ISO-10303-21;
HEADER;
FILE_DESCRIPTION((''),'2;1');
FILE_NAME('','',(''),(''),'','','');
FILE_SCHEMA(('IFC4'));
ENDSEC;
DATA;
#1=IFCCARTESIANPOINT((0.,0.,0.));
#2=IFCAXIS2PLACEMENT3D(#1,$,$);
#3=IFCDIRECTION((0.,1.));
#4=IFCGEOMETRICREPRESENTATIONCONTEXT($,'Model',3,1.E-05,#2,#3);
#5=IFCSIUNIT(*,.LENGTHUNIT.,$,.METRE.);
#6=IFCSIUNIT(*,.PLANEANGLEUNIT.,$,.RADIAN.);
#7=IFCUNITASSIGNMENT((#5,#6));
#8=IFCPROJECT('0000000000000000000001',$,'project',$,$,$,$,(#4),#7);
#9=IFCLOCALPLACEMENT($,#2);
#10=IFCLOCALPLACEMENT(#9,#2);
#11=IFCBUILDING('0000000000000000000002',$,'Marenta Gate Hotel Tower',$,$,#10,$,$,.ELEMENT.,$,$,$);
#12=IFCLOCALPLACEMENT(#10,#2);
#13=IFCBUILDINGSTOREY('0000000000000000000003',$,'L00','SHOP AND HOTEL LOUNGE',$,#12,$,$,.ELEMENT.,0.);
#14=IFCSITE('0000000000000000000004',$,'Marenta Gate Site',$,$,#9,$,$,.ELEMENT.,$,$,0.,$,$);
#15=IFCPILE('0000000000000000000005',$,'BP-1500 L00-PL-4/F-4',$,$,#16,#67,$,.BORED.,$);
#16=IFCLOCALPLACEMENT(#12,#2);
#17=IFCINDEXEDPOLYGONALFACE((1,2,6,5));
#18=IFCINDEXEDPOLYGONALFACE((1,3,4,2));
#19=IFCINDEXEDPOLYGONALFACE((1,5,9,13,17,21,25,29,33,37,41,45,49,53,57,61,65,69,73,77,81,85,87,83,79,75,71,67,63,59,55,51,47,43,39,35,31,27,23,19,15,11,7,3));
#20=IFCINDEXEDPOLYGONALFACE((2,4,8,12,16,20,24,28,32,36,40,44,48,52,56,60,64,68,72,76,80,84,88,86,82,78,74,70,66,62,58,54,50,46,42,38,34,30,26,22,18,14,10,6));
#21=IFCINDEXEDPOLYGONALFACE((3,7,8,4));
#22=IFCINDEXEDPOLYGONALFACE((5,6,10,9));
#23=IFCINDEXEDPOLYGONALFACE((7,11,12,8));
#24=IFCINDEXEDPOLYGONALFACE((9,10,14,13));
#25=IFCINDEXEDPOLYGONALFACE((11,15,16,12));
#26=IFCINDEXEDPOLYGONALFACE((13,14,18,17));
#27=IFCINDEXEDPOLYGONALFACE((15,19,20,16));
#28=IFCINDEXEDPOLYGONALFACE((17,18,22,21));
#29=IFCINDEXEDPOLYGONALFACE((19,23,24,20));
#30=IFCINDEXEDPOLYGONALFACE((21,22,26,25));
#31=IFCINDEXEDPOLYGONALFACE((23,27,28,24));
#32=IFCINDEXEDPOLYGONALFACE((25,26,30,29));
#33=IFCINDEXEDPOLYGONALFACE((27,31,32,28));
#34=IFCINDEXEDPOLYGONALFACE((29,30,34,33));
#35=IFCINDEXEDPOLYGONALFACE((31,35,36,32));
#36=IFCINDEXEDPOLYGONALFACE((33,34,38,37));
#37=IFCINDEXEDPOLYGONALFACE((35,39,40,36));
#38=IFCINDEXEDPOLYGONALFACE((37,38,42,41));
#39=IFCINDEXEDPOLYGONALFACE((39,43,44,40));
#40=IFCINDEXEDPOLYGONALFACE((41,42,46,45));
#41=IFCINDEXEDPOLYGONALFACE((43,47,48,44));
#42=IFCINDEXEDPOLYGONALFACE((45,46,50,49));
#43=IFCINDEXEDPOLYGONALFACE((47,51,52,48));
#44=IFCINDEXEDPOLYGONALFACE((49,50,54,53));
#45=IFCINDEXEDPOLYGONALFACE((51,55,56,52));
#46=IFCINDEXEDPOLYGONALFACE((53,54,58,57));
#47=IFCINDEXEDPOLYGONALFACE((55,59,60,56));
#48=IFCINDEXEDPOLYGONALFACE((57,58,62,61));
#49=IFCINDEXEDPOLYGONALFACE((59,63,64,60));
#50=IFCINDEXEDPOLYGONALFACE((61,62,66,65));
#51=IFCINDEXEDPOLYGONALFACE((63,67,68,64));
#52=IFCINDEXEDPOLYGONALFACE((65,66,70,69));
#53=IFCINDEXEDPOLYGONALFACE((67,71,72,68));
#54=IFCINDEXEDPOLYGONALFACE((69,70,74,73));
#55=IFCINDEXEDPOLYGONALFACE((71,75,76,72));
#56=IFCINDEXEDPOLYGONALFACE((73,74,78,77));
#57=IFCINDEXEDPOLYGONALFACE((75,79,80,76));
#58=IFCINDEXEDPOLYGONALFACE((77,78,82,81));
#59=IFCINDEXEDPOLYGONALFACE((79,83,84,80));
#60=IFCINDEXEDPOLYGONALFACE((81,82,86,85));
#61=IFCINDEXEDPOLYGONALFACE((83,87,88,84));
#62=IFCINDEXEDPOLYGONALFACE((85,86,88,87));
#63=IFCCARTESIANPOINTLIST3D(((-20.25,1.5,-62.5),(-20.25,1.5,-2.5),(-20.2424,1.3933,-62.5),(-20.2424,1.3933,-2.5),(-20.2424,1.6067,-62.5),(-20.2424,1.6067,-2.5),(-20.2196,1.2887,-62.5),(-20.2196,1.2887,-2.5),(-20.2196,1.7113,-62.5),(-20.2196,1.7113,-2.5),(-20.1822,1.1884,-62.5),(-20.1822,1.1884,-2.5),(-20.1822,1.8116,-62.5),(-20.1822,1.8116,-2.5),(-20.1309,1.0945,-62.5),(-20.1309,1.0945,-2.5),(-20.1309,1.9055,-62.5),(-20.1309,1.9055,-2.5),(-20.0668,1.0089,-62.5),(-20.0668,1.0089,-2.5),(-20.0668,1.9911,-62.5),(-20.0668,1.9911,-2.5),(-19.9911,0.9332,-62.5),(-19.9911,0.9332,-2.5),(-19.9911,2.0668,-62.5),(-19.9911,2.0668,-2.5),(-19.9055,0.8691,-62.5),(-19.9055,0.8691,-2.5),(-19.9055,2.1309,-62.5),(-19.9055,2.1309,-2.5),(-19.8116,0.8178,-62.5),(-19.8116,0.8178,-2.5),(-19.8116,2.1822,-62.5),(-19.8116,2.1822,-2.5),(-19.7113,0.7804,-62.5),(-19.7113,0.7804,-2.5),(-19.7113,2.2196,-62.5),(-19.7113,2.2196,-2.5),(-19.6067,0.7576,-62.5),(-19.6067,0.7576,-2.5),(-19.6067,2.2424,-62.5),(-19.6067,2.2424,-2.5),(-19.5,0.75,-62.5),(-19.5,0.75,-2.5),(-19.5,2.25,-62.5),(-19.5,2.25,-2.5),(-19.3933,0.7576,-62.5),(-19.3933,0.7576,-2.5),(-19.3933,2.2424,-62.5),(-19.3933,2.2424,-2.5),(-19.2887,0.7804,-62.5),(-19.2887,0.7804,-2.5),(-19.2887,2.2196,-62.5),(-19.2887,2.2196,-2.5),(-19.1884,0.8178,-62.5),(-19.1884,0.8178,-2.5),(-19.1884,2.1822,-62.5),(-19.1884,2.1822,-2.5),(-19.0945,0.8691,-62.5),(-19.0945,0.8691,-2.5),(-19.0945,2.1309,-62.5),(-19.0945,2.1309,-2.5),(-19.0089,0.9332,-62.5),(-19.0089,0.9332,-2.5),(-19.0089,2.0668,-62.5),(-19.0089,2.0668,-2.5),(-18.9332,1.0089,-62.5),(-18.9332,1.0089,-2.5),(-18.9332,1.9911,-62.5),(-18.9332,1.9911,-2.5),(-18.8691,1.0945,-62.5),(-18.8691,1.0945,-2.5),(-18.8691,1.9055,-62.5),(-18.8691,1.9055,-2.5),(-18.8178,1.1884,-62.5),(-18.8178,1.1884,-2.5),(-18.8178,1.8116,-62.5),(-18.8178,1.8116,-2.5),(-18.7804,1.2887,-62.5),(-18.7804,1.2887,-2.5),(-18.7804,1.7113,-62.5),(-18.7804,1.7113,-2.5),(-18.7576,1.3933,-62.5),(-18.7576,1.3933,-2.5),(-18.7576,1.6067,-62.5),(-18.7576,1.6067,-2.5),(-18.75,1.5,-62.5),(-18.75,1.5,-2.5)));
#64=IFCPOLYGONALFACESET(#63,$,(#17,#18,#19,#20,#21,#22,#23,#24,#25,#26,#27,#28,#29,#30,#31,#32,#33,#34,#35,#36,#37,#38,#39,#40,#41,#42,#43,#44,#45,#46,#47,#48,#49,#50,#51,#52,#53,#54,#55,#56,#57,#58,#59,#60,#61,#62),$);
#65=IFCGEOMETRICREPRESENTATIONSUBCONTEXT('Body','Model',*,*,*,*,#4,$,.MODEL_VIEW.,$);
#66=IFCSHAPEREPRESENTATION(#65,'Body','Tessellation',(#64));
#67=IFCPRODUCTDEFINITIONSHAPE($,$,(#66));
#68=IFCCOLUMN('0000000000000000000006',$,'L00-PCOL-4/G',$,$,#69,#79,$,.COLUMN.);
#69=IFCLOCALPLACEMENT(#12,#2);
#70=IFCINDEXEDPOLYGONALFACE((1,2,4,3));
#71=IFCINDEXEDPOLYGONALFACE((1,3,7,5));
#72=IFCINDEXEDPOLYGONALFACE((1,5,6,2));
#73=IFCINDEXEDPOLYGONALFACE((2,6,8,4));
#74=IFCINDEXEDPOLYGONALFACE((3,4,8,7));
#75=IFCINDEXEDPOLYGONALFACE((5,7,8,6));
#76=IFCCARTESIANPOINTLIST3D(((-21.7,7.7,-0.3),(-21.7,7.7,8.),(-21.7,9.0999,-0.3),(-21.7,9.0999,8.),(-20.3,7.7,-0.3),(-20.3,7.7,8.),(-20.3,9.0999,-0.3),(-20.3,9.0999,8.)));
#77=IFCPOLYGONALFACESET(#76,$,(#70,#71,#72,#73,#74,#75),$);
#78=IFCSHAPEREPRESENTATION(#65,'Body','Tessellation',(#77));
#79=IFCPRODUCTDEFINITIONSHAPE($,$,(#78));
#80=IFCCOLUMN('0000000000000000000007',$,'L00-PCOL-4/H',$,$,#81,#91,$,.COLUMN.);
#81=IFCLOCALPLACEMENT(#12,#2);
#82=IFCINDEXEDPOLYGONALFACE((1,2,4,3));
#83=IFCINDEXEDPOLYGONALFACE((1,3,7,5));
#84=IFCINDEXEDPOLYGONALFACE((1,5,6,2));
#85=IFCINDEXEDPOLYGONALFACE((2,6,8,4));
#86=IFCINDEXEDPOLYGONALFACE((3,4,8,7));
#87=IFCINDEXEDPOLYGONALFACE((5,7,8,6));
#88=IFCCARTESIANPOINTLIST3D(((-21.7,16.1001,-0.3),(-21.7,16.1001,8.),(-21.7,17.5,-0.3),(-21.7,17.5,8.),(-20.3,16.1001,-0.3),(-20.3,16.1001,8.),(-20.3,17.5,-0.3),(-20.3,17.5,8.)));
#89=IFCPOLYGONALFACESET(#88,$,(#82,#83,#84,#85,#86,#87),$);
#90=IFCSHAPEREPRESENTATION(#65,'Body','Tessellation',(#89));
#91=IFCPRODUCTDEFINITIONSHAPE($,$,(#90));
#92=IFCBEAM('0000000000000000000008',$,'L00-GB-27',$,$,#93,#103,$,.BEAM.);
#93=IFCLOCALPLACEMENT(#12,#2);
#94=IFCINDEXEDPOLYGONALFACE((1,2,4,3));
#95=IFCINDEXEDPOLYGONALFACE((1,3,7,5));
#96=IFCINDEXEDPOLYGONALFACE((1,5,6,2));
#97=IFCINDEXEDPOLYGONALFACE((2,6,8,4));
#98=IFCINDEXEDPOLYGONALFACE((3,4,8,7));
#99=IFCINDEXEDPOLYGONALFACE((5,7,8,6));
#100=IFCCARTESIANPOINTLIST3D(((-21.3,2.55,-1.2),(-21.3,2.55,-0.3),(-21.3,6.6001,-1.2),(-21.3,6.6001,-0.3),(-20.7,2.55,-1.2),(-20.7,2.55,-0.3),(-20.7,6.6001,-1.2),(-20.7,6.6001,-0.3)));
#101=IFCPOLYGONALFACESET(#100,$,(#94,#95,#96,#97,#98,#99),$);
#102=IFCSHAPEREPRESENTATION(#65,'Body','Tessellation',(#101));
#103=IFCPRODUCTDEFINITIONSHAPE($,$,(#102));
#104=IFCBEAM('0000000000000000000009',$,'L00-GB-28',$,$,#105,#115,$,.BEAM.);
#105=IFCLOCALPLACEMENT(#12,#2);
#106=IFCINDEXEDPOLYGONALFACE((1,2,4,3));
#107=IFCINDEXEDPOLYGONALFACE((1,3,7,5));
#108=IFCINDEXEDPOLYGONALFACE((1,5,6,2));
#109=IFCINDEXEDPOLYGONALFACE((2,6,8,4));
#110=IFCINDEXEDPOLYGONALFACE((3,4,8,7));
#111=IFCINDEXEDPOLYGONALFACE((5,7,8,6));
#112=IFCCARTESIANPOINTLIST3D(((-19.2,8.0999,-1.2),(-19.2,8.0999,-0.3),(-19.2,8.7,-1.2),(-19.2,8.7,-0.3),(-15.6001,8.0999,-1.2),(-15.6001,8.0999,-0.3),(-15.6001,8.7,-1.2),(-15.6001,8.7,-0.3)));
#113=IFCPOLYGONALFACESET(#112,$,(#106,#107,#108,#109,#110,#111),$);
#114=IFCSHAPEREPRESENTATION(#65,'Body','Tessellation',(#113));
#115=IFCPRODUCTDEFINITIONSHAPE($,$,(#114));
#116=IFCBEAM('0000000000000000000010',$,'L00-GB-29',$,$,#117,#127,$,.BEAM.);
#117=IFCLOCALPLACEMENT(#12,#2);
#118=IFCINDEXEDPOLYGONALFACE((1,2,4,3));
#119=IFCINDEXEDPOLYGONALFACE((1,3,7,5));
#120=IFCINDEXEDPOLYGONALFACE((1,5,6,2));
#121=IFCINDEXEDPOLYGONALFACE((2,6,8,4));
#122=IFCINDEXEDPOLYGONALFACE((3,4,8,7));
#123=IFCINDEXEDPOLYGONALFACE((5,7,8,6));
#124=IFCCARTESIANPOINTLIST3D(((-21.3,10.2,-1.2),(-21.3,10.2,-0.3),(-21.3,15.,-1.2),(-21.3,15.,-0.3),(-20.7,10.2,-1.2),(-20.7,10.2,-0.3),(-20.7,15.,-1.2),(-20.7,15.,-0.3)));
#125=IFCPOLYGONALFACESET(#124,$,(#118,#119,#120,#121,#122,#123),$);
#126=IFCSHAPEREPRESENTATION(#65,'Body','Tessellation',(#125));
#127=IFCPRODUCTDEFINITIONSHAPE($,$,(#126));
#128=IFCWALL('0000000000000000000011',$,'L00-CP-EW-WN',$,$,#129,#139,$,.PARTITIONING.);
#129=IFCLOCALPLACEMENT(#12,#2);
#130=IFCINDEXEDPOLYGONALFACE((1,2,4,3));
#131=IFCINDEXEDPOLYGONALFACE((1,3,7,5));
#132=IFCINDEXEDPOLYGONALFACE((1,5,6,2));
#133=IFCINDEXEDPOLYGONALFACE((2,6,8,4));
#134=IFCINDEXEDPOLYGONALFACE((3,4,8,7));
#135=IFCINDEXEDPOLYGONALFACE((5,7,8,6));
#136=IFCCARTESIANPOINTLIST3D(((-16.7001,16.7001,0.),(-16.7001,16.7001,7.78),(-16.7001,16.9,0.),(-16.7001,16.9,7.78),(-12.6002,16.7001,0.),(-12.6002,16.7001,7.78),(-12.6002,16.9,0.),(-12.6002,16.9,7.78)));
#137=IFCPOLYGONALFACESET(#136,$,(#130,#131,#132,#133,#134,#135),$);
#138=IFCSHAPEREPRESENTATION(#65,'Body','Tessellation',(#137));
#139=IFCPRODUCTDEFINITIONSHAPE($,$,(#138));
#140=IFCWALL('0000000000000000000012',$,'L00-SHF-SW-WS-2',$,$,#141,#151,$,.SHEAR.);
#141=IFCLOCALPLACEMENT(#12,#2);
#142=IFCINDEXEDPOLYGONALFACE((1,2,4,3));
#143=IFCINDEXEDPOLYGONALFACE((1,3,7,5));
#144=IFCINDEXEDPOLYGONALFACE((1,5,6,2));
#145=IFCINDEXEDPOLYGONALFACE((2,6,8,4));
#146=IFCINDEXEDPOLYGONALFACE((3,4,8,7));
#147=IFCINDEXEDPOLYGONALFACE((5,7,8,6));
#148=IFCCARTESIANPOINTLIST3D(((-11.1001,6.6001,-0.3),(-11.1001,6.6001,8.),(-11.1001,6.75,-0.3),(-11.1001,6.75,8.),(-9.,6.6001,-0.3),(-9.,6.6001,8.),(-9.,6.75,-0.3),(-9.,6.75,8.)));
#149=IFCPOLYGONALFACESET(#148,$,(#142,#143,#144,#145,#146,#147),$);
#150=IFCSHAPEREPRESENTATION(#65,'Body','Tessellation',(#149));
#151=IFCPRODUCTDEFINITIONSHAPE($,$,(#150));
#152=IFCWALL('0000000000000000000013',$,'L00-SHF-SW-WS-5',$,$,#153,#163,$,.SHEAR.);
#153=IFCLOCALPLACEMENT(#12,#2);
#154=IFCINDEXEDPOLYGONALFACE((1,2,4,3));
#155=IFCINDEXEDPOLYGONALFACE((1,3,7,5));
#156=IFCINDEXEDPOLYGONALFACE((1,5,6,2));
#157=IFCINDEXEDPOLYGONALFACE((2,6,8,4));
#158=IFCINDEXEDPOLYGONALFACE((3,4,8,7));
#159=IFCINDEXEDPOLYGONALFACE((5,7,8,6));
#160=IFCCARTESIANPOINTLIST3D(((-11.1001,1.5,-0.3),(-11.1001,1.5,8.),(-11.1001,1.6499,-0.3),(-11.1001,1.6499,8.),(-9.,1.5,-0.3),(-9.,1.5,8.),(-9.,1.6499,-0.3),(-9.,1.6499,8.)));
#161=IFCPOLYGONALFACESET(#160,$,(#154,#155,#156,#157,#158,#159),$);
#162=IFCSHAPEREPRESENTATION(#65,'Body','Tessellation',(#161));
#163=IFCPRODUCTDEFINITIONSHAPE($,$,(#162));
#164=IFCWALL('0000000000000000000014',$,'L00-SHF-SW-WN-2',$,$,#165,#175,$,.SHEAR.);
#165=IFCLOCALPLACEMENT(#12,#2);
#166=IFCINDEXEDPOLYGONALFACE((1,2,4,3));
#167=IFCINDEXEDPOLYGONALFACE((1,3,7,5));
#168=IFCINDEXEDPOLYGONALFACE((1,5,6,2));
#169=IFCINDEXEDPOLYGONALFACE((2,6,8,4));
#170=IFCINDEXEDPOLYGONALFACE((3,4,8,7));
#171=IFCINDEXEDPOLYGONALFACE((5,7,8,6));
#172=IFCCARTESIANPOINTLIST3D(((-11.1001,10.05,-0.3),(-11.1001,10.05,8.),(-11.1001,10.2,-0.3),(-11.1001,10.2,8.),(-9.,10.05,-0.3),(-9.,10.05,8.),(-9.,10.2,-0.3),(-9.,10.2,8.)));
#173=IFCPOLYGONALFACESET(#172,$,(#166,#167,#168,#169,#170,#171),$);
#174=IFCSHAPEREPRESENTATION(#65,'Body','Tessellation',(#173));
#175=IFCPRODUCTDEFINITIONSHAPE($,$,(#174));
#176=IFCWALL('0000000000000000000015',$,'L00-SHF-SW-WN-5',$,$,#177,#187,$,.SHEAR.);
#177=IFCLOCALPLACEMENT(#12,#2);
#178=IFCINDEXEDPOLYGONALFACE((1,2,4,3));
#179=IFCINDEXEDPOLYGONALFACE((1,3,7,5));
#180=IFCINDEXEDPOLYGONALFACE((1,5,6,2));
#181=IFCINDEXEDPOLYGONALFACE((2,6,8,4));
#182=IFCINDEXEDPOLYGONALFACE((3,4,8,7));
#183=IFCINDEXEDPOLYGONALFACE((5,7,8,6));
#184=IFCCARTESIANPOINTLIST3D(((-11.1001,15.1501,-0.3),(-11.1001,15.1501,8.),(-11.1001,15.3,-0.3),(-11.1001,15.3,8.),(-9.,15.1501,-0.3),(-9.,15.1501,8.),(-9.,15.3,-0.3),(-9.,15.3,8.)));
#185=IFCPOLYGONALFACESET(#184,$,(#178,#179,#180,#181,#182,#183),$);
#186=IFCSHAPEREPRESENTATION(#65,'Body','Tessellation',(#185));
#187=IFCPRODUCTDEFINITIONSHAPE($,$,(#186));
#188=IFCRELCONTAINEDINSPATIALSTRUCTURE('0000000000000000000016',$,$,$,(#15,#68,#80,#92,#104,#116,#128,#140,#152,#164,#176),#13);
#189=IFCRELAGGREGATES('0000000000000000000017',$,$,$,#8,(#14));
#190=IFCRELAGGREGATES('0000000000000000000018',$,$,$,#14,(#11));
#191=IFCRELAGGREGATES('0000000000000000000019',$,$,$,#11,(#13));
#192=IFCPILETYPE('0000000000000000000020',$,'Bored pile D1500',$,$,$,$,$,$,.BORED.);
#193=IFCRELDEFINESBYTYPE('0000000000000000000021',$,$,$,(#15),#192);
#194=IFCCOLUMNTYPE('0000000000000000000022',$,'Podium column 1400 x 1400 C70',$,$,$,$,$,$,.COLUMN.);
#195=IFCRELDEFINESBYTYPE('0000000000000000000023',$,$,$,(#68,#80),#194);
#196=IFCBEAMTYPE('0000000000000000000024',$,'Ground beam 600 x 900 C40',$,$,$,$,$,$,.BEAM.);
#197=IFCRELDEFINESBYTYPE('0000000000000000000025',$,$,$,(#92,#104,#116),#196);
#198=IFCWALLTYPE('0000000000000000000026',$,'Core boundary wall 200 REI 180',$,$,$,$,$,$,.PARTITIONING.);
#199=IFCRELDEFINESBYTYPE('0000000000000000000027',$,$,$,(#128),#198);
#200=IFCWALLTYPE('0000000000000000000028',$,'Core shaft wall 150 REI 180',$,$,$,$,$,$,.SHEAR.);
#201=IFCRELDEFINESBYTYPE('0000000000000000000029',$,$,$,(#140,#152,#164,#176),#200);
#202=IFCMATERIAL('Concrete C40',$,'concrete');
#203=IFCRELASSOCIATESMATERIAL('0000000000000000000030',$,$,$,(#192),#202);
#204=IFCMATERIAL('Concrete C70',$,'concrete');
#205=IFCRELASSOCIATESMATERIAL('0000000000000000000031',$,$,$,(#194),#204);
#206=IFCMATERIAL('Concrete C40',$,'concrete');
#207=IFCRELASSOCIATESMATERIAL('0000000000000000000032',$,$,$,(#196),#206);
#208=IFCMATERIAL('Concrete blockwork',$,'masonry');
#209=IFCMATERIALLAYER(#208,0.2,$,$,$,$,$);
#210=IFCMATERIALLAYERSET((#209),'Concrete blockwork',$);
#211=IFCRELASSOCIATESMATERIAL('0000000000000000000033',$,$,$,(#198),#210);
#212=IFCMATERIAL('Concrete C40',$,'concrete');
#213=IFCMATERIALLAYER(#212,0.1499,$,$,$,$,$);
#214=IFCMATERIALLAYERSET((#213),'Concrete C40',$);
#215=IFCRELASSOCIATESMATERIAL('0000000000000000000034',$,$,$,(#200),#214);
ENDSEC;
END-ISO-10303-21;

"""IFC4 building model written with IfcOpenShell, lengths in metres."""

from ifc_helpers import new_model, si_unit, direction, frame, frame_2d, origin, origin_2d, place, context, subcontext, project, spatial, rectangle, circle, extrude, material, layer, layer_set, material_profile, profile_set, type_object, element, save


model = new_model("IFC4")

# Units and contexts
model_context = context("Model", 3, precision=1e-05, world=origin(), true_north=direction((0.0, 1.0)))
body_context = subcontext(model_context, "Body", "Model", "MODEL_VIEW")
ifc_project = project(units=[si_unit("LENGTHUNIT", "METRE"), si_unit("PLANEANGLEUNIT", "RADIAN")], contexts=[model_context])

# Site, building, storey
site_placement = place(None, origin())
site = spatial("IfcSite", under=ifc_project, at=site_placement, Name="Marenta Gate Site", CompositionType="ELEMENT", RefElevation=0.0)
building_placement = place(site_placement, origin())
building = spatial("IfcBuilding", under=site, at=building_placement, Name="Marenta Gate Hotel Tower", CompositionType="ELEMENT")
storey_placement = place(building_placement, origin())
storey = spatial("IfcBuildingStorey", under=building, at=storey_placement, Name="L00", Description="SHOP AND HOTEL LOUNGE", CompositionType="ELEMENT", Elevation=0.0)

# Pile
ifc_material_1 = material(Name="Concrete C40", Category="concrete")
pile_type = type_object("IfcPileType", Name="Bored pile D1500", PredefinedType="BORED", material=ifc_material_1)
for number, where, z_axis, x_axis, name in (
    (1, (-19.5, 1.5, -2.5), (0.0, 0.0, -1.0), (1.0, 0.0, 0.0), "BP-1500 L00-PL-4/F-4"),
):
    element("IfcPile", number, at=place(storey_placement, frame(where, z_axis=z_axis, x_axis=x_axis)), inside=storey, type_object=pile_type, Name=name, PredefinedType="BORED", context=body_context, shape_type="SweptSolid", body=[
        extrude(circle(Radius=0.75, at=origin_2d()), origin(), (0.0, 0.0, 1.0), 60.0),
    ])

# Columns
ifc_material_2 = material(Name="Concrete C70", Category="concrete")
ifc_material_profile_1 = material_profile(ifc_material_2, rectangle(XDim=1.3999, YDim=1.3999, at=origin_2d()), Name="1400 x 1400")
ifc_profile_set_1 = profile_set([ifc_material_profile_1], Name="Concrete C70")
column_type = type_object("IfcColumnType", Name="Podium column 1400 x 1400 C70", PredefinedType="COLUMN", material=ifc_profile_set_1)
for number, where, z_axis, x_axis, name in (
    (2, (-21.0, 8.3999, -0.3), (0.0, 0.0, 1.0), (1.0, 0.0, 0.0), "L00-PCOL-4/G"),
    (3, (-21.0, 16.8, -0.3), (0.0, 0.0, 1.0), (1.0, 0.0, 0.0), "L00-PCOL-4/H"),
):
    element("IfcColumn", number, at=place(storey_placement, frame(where, z_axis=z_axis, x_axis=x_axis)), inside=storey, type_object=column_type, Name=name, PredefinedType="COLUMN", context=body_context, shape_type="SweptSolid", body=[
        extrude(rectangle(XDim=1.3999, YDim=1.3999, at=origin_2d()), origin(), (0.0, 0.0, 1.0), 8.3),
    ])

# Beams
ifc_material_3 = material(Name="Concrete C40", Category="concrete")
ifc_material_profile_2 = material_profile(ifc_material_3, rectangle(XDim=0.6001, YDim=0.8999, at=origin_2d()), Name="600 x 900")
ifc_profile_set_2 = profile_set([ifc_material_profile_2], Name="Concrete C40")
beam_type = type_object("IfcBeamType", Name="Ground beam 600 x 900 C40", PredefinedType="BEAM", material=ifc_profile_set_2)
beam_1_placement = place(storey_placement, frame((-21.0, 2.55, -0.75), z_axis=(0.0, 1.0, 0.0), x_axis=(-1.0, 0.0, 0.0)))
element("IfcBeam", 4, at=beam_1_placement, inside=storey, type_object=beam_type, Name="L00-GB-27", PredefinedType="BEAM", context=body_context, shape_type="SweptSolid", body=[
    extrude(rectangle(XDim=0.6001, YDim=0.8999, at=origin_2d()), origin(), (0.0, 0.0, 1.0), 4.05),
])
beam_2_placement = place(storey_placement, frame((-19.2, 8.3999, -0.75), z_axis=(1.0, 0.0, 0.0), x_axis=(0.0, 1.0, 0.0)))
element("IfcBeam", 5, at=beam_2_placement, inside=storey, type_object=beam_type, Name="L00-GB-28", PredefinedType="BEAM", context=body_context, shape_type="SweptSolid", body=[
    extrude(rectangle(XDim=0.6001, YDim=0.8999, at=origin_2d()), origin(), (0.0, 0.0, 1.0), 3.5999),
])
beam_3_placement = place(storey_placement, frame((-21.0, 10.2, -0.75), z_axis=(0.0, 1.0, 0.0), x_axis=(-1.0, 0.0, 0.0)))
element("IfcBeam", 6, at=beam_3_placement, inside=storey, type_object=beam_type, Name="L00-GB-29", PredefinedType="BEAM", context=body_context, shape_type="SweptSolid", body=[
    extrude(rectangle(XDim=0.6001, YDim=0.8999, at=origin_2d()), origin(), (0.0, 0.0, 1.0), 4.8),
])

# Walls
ifc_material_4 = material(Name="Concrete blockwork", Category="masonry")
ifc_layer_1 = layer(ifc_material_4, 0.2)
ifc_layer_set_1 = layer_set([ifc_layer_1], Name="Concrete blockwork")
wall_type_1 = type_object("IfcWallType", Name="Core boundary wall 200 REI 180", PredefinedType="PARTITIONING", material=ifc_layer_set_1)
wall_1_placement = place(storey_placement, frame((-16.7, 16.8, 0.0), z_axis=(0.0, 0.0, 1.0), x_axis=(1.0, 0.0, 0.0)))
element("IfcWall", 7, at=wall_1_placement, inside=storey, type_object=wall_type_1, Name="L00-CP-EW-WN", PredefinedType="PARTITIONING", context=body_context, shape_type="SweptSolid", body=[
    extrude(rectangle(XDim=4.0999, YDim=0.2, at=frame_2d((2.0498, 0.0))), origin(), (0.0, 0.0, 1.0), 7.78),
])
ifc_material_5 = material(Name="Concrete C40", Category="concrete")
ifc_layer_2 = layer(ifc_material_5, 0.1499)
ifc_layer_set_2 = layer_set([ifc_layer_2], Name="Concrete C40")
wall_type_2 = type_object("IfcWallType", Name="Core shaft wall 150 REI 180", PredefinedType="SHEAR", material=ifc_layer_set_2)
for number, where, z_axis, x_axis, name in (
    (8, (-11.1001, 6.675, -0.3), (0.0, 0.0, 1.0), (1.0, 0.0, 0.0), "L00-SHF-SW-WS-2"),
    (9, (-11.1001, 1.575, -0.3), (0.0, 0.0, 1.0), (1.0, 0.0, 0.0), "L00-SHF-SW-WS-5"),
    (10, (-11.1001, 10.125, -0.3), (0.0, 0.0, 1.0), (1.0, 0.0, 0.0), "L00-SHF-SW-WN-2"),
    (11, (-11.1001, 15.2251, -0.3), (0.0, 0.0, 1.0), (1.0, 0.0, 0.0), "L00-SHF-SW-WN-5"),
):
    element("IfcWall", number, at=place(storey_placement, frame(where, z_axis=z_axis, x_axis=x_axis)), inside=storey, type_object=wall_type_2, Name=name, PredefinedType="SHEAR", context=body_context, shape_type="SweptSolid", body=[
        extrude(rectangle(XDim=2.1001, YDim=0.1499, at=frame_2d((1.05, 0.0))), origin(), (0.0, 0.0, 1.0), 8.3),
    ])

save(model, "model.ifc")
